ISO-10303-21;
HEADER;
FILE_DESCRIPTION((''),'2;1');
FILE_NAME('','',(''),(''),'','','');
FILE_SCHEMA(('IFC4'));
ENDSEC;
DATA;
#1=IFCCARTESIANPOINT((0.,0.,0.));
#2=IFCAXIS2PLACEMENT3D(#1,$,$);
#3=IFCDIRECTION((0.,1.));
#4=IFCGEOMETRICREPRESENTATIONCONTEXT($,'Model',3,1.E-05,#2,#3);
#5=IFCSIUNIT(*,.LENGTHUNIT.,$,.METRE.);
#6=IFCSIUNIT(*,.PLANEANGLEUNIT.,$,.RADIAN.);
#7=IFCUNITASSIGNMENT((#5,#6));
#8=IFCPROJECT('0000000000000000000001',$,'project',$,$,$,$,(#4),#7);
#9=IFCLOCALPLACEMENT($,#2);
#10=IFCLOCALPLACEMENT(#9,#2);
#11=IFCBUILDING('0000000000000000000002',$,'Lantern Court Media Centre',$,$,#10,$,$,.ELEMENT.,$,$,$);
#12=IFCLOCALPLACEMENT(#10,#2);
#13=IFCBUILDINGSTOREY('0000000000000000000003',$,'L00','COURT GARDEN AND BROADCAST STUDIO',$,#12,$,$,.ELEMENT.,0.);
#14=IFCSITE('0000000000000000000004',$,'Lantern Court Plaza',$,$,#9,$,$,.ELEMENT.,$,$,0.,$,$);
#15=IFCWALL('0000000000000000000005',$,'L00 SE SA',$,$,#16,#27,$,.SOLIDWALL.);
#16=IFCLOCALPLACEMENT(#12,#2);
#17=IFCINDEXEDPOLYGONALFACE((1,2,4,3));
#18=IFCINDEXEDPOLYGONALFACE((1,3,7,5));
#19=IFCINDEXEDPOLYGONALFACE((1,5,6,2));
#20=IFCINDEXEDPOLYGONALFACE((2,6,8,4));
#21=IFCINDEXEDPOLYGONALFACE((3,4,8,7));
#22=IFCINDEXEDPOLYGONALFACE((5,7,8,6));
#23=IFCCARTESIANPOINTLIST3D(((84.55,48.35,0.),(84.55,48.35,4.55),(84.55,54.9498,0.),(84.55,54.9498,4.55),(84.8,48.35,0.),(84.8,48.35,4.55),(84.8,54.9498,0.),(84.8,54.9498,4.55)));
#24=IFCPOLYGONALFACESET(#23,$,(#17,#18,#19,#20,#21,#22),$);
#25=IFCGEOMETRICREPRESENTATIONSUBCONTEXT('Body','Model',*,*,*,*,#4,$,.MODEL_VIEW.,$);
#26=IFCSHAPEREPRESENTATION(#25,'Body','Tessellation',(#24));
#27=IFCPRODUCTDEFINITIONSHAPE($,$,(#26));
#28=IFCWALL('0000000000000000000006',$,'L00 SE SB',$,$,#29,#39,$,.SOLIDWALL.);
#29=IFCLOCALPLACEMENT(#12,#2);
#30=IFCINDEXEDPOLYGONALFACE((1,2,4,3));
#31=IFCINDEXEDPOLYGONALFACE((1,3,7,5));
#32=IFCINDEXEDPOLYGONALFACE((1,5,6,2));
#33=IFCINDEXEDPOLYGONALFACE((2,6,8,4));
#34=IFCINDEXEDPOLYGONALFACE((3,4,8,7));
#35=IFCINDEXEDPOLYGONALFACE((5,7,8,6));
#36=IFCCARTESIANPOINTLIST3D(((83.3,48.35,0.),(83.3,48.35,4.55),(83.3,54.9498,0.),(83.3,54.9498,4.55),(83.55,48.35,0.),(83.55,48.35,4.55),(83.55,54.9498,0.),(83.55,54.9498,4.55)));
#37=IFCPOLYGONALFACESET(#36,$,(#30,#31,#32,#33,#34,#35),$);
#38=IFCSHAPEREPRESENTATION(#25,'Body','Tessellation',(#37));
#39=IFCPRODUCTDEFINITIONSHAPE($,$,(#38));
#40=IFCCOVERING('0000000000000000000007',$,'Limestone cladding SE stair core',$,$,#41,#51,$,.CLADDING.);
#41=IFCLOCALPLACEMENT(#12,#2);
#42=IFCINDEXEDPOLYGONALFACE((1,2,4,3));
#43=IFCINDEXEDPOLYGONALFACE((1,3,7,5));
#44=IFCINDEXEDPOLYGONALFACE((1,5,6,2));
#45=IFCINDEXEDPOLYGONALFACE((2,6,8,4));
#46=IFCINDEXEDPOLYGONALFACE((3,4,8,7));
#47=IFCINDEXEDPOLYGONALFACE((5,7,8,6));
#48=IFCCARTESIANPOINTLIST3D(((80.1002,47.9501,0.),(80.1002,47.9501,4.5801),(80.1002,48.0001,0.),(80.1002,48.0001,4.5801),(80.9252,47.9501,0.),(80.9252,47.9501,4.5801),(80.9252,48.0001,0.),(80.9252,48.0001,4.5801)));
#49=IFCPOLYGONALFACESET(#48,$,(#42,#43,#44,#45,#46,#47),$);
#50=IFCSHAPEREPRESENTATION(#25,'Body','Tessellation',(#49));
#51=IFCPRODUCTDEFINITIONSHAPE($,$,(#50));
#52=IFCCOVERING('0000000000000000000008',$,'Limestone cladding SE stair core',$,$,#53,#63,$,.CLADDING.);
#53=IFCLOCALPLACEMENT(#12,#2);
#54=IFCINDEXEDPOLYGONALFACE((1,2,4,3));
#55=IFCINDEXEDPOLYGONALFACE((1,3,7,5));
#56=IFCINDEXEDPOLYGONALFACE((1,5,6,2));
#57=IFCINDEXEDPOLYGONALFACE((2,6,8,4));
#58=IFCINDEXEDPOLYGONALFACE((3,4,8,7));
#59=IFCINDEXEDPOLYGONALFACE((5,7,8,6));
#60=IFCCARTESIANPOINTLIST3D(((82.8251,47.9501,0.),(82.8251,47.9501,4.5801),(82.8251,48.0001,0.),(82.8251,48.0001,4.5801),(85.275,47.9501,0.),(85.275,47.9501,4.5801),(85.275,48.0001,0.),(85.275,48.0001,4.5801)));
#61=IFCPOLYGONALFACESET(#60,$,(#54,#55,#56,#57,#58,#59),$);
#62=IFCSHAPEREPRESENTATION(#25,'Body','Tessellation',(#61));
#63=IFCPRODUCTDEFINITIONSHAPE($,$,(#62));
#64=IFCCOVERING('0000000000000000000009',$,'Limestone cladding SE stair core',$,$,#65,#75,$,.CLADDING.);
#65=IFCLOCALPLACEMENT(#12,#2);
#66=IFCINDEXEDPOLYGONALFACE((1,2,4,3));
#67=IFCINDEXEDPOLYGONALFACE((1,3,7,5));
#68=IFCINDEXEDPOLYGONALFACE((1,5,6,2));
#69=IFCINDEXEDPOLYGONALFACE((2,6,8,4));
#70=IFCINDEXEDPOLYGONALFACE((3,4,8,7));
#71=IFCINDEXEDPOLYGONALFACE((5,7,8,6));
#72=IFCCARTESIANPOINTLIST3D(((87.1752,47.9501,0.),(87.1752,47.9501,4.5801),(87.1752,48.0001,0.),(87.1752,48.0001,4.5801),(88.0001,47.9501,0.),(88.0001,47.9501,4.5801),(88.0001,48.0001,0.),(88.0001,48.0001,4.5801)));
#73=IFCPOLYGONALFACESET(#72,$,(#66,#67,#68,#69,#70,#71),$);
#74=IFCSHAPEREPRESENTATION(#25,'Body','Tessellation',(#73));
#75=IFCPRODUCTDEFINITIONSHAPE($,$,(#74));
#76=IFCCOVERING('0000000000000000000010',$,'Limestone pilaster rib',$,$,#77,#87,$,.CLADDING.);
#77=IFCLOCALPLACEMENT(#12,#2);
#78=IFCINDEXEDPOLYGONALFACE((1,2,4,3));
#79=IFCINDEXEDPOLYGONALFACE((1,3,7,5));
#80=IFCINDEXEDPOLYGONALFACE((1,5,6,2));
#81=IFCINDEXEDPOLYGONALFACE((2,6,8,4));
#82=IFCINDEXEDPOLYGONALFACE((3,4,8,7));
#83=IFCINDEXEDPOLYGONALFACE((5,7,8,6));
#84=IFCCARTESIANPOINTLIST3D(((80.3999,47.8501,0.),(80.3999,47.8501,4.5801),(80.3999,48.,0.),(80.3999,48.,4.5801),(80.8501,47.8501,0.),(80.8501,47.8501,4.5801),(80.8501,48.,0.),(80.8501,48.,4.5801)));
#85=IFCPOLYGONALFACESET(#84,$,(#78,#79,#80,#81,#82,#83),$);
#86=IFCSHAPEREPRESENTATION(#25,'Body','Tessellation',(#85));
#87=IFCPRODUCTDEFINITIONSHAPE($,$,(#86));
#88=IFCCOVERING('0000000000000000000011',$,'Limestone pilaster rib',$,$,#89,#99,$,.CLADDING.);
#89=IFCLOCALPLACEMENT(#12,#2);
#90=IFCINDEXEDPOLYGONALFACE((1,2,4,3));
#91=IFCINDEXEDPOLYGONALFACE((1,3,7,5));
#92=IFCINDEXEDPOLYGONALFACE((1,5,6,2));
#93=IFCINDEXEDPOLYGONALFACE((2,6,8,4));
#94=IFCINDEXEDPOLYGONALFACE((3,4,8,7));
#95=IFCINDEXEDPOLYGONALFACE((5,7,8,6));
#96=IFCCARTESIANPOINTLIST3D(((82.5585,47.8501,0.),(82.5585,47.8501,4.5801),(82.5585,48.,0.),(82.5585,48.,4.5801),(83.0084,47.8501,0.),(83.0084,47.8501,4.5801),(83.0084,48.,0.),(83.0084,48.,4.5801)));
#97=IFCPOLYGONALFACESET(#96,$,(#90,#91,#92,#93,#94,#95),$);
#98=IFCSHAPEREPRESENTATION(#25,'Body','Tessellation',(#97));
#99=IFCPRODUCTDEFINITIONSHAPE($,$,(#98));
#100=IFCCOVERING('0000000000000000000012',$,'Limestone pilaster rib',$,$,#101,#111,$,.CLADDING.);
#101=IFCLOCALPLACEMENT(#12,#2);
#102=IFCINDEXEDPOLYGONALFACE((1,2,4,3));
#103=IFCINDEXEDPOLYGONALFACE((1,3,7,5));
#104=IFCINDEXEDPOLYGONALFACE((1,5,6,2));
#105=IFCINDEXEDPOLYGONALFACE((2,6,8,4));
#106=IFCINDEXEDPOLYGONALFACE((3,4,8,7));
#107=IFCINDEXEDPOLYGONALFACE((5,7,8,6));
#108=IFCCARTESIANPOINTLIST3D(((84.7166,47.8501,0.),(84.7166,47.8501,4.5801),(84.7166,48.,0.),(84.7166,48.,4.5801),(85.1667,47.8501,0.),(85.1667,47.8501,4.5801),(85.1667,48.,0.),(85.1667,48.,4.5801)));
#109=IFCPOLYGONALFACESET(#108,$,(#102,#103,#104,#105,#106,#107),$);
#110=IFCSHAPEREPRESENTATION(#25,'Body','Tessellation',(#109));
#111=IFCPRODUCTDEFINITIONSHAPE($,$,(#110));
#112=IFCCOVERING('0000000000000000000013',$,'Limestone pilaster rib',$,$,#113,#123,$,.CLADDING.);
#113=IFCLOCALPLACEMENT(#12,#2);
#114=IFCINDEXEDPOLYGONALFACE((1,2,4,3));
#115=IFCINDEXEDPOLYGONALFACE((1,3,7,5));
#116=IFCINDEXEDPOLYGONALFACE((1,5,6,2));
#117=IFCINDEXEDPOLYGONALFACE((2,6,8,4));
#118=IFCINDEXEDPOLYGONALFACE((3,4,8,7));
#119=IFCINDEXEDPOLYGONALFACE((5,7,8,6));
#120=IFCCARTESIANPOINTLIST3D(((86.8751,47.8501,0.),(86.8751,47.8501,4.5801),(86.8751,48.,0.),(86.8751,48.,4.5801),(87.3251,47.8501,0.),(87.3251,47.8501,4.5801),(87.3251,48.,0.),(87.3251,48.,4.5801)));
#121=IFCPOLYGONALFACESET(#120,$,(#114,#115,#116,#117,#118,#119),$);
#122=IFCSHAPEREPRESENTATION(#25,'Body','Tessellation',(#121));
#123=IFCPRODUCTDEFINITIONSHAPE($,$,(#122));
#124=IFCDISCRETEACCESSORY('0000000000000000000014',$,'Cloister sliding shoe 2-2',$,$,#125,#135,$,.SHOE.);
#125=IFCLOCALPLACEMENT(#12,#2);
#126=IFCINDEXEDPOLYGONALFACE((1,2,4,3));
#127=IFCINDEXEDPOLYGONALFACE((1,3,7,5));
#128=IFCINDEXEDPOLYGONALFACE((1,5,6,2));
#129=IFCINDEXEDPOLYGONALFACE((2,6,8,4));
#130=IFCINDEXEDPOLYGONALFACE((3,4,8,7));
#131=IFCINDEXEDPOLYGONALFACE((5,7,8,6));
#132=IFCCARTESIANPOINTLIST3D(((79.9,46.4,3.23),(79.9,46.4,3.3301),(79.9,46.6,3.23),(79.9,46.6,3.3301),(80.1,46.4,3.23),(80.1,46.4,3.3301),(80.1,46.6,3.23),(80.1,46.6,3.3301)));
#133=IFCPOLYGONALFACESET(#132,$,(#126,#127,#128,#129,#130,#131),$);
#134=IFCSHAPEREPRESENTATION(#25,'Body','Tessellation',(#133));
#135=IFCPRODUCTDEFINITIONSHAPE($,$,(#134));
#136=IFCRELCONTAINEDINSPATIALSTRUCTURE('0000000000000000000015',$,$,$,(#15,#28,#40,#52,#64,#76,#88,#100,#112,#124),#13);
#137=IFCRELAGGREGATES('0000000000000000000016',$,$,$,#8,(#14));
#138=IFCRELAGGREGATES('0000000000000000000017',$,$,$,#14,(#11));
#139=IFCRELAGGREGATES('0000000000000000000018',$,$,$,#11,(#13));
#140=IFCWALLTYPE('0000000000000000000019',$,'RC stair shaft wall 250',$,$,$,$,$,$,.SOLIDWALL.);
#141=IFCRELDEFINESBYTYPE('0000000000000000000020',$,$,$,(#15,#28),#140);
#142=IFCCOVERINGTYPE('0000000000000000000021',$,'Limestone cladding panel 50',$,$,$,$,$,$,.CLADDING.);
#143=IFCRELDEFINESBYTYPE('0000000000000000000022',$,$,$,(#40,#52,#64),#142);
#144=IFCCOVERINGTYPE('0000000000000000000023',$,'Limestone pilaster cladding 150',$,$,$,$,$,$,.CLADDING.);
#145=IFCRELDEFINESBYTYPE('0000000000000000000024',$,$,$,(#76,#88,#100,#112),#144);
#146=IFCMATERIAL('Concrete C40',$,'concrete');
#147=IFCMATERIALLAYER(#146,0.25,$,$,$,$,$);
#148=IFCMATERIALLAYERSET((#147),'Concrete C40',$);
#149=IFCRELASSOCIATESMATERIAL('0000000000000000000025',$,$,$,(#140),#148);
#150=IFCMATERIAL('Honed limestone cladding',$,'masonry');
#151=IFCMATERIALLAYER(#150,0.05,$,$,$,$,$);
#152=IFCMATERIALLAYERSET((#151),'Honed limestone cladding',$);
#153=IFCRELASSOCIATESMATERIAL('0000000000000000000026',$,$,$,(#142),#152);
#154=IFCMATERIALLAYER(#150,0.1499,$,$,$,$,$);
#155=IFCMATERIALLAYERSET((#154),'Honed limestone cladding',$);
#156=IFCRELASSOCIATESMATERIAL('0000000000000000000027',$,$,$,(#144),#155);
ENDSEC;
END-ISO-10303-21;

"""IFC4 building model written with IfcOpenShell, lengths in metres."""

from ifc_helpers import new_model, si_unit, direction, frame, frame_2d, origin, origin_2d, place, context, subcontext, project, spatial, rectangle, extrude, material, layer, layer_set, type_object, element, save


model = new_model("IFC4")

# Units and contexts
model_context = context("Model", 3, precision=1e-05, world=origin(), true_north=direction((0.0, 1.0)))
body_context = subcontext(model_context, "Body", "Model", "MODEL_VIEW")
ifc_project = project(units=[si_unit("LENGTHUNIT", "METRE"), si_unit("PLANEANGLEUNIT", "RADIAN")], contexts=[model_context])

# Site, building, storey
site_placement = place(None, origin())
site = spatial("IfcSite", under=ifc_project, at=site_placement, Name="Lantern Court Plaza", CompositionType="ELEMENT", RefElevation=0.0)
building_placement = place(site_placement, origin())
building = spatial("IfcBuilding", under=site, at=building_placement, Name="Lantern Court Media Centre", CompositionType="ELEMENT")
storey_placement = place(building_placement, origin())
storey = spatial("IfcBuildingStorey", under=building, at=storey_placement, Name="L00", Description="COURT GARDEN AND BROADCAST STUDIO", CompositionType="ELEMENT", Elevation=0.0)

# Shared definitions
ifc_material_1 = material(Name="Concrete C40", Category="concrete")

# Walls
ifc_layer_1 = layer(ifc_material_1, 0.25)
ifc_layer_set_1 = layer_set([ifc_layer_1], Name="Concrete C40")
wall_type_1 = type_object("IfcWallType", Name="RC stair shaft wall 250", PredefinedType="SOLIDWALL", material=ifc_layer_set_1)
for number, where, z_axis, x_axis, name in (
    (1, (84.675, 48.3501, 0.0), (0.0, 0.0, 1.0), (0.0, 1.0, 0.0), "L00 SE SA"),
    (2, (83.425, 48.3501, 0.0), (0.0, 0.0, 1.0), (0.0, 1.0, 0.0), "L00 SE SB"),
):
    element("IfcWall", number, at=place(storey_placement, frame(where, z_axis=z_axis, x_axis=x_axis)), inside=storey, type_object=wall_type_1, Name=name, PredefinedType="SOLIDWALL", context=body_context, shape_type="SweptSolid", body=[
        extrude(rectangle(XDim=6.5999, YDim=0.25, at=frame_2d((3.2998, 0.0))), origin(), (0.0, 0.0, 1.0), 4.55),
    ])

# Coverings
ifc_material_2 = material(Name="Honed limestone cladding", Category="masonry")
ifc_layer_2 = layer(ifc_material_2, 0.05)
ifc_layer_set_2 = layer_set([ifc_layer_2], Name="Honed limestone cladding")
covering_type_1 = type_object("IfcCoveringType", Name="Limestone cladding panel 50", PredefinedType="CLADDING", material=ifc_layer_set_2)
covering_1_placement = place(storey_placement, frame((80.1001, 47.9751, 0.0), z_axis=(0.0, 0.0, 1.0), x_axis=(1.0, 0.0, 0.0)))
element("IfcCovering", 3, at=covering_1_placement, inside=storey, type_object=covering_type_1, Name="Limestone cladding SE stair core", PredefinedType="CLADDING", context=body_context, shape_type="SweptSolid", body=[
    extrude(rectangle(XDim=0.825, YDim=0.05, at=frame_2d((0.4126, 0.0))), origin(), (0.0, 0.0, 1.0), 4.5801),
])
covering_2_placement = place(storey_placement, frame((82.825, 47.9751, 0.0), z_axis=(0.0, 0.0, 1.0), x_axis=(1.0, 0.0, 0.0)))
element("IfcCovering", 4, at=covering_2_placement, inside=storey, type_object=covering_type_1, Name="Limestone cladding SE stair core", PredefinedType="CLADDING", context=body_context, shape_type="SweptSolid", body=[
    extrude(rectangle(XDim=2.45, YDim=0.05, at=frame_2d((1.2251, 0.0))), origin(), (0.0, 0.0, 1.0), 4.5801),
])
covering_3_placement = place(storey_placement, frame((87.175, 47.9751, 0.0), z_axis=(0.0, 0.0, 1.0), x_axis=(1.0, 0.0, 0.0)))
element("IfcCovering", 5, at=covering_3_placement, inside=storey, type_object=covering_type_1, Name="Limestone cladding SE stair core", PredefinedType="CLADDING", context=body_context, shape_type="SweptSolid", body=[
    extrude(rectangle(XDim=0.825, YDim=0.05, at=frame_2d((0.4126, 0.0))), origin(), (0.0, 0.0, 1.0), 4.5801),
])
ifc_layer_3 = layer(ifc_material_2, 0.1499)
ifc_layer_set_3 = layer_set([ifc_layer_3], Name="Honed limestone cladding")
covering_type_2 = type_object("IfcCoveringType", Name="Limestone pilaster cladding 150", PredefinedType="CLADDING", material=ifc_layer_set_3)
covering_4_placement = place(storey_placement, frame((80.3999, 47.925, 0.0), z_axis=(0.0, 0.0, 1.0), x_axis=(1.0, 0.0, 0.0)))
element("IfcCovering", 6, at=covering_4_placement, inside=storey, type_object=covering_type_2, Name="Limestone pilaster rib", PredefinedType="CLADDING", context=body_context, shape_type="SweptSolid", body=[
    extrude(rectangle(XDim=0.4502, YDim=0.1499, at=frame_2d((0.2251, 0.0))), origin(), (0.0, 0.0, 1.0), 4.5801),
])
covering_5_placement = place(storey_placement, frame((82.5583, 47.925, 0.0), z_axis=(0.0, 0.0, 1.0), x_axis=(1.0, 0.0, 0.0)))
element("IfcCovering", 7, at=covering_5_placement, inside=storey, type_object=covering_type_2, Name="Limestone pilaster rib", PredefinedType="CLADDING", context=body_context, shape_type="SweptSolid", body=[
    extrude(rectangle(XDim=0.45, YDim=0.1499, at=frame_2d((0.2251, 0.0))), origin(), (0.0, 0.0, 1.0), 4.5801),
])
covering_6_placement = place(storey_placement, frame((84.7166, 47.925, 0.0), z_axis=(0.0, 0.0, 1.0), x_axis=(1.0, 0.0, 0.0)))
element("IfcCovering", 8, at=covering_6_placement, inside=storey, type_object=covering_type_2, Name="Limestone pilaster rib", PredefinedType="CLADDING", context=body_context, shape_type="SweptSolid", body=[
    extrude(rectangle(XDim=0.4502, YDim=0.1499, at=frame_2d((0.2251, 0.0))), origin(), (0.0, 0.0, 1.0), 4.5801),
])
covering_7_placement = place(storey_placement, frame((86.875, 47.925, 0.0), z_axis=(0.0, 0.0, 1.0), x_axis=(1.0, 0.0, 0.0)))
element("IfcCovering", 9, at=covering_7_placement, inside=storey, type_object=covering_type_2, Name="Limestone pilaster rib", PredefinedType="CLADDING", context=body_context, shape_type="SweptSolid", body=[
    extrude(rectangle(XDim=0.45, YDim=0.1499, at=frame_2d((0.2251, 0.0))), origin(), (0.0, 0.0, 1.0), 4.5801),
])

# Discrete accessory
discrete_accessory_placement = place(storey_placement, frame((80.0, 46.5, 3.23), z_axis=(0.0, 0.0, 1.0), x_axis=(1.0, 0.0, 0.0)))
element("IfcDiscreteAccessory", 10, at=discrete_accessory_placement, inside=storey, Name="Cloister sliding shoe 2-2", PredefinedType="SHOE", context=body_context, shape_type="SweptSolid", body=[
    extrude(rectangle(XDim=0.2, YDim=0.2, at=origin_2d()), origin(), (0.0, 0.0, 1.0), 0.1001),
])

save(model, "model.ifc")
